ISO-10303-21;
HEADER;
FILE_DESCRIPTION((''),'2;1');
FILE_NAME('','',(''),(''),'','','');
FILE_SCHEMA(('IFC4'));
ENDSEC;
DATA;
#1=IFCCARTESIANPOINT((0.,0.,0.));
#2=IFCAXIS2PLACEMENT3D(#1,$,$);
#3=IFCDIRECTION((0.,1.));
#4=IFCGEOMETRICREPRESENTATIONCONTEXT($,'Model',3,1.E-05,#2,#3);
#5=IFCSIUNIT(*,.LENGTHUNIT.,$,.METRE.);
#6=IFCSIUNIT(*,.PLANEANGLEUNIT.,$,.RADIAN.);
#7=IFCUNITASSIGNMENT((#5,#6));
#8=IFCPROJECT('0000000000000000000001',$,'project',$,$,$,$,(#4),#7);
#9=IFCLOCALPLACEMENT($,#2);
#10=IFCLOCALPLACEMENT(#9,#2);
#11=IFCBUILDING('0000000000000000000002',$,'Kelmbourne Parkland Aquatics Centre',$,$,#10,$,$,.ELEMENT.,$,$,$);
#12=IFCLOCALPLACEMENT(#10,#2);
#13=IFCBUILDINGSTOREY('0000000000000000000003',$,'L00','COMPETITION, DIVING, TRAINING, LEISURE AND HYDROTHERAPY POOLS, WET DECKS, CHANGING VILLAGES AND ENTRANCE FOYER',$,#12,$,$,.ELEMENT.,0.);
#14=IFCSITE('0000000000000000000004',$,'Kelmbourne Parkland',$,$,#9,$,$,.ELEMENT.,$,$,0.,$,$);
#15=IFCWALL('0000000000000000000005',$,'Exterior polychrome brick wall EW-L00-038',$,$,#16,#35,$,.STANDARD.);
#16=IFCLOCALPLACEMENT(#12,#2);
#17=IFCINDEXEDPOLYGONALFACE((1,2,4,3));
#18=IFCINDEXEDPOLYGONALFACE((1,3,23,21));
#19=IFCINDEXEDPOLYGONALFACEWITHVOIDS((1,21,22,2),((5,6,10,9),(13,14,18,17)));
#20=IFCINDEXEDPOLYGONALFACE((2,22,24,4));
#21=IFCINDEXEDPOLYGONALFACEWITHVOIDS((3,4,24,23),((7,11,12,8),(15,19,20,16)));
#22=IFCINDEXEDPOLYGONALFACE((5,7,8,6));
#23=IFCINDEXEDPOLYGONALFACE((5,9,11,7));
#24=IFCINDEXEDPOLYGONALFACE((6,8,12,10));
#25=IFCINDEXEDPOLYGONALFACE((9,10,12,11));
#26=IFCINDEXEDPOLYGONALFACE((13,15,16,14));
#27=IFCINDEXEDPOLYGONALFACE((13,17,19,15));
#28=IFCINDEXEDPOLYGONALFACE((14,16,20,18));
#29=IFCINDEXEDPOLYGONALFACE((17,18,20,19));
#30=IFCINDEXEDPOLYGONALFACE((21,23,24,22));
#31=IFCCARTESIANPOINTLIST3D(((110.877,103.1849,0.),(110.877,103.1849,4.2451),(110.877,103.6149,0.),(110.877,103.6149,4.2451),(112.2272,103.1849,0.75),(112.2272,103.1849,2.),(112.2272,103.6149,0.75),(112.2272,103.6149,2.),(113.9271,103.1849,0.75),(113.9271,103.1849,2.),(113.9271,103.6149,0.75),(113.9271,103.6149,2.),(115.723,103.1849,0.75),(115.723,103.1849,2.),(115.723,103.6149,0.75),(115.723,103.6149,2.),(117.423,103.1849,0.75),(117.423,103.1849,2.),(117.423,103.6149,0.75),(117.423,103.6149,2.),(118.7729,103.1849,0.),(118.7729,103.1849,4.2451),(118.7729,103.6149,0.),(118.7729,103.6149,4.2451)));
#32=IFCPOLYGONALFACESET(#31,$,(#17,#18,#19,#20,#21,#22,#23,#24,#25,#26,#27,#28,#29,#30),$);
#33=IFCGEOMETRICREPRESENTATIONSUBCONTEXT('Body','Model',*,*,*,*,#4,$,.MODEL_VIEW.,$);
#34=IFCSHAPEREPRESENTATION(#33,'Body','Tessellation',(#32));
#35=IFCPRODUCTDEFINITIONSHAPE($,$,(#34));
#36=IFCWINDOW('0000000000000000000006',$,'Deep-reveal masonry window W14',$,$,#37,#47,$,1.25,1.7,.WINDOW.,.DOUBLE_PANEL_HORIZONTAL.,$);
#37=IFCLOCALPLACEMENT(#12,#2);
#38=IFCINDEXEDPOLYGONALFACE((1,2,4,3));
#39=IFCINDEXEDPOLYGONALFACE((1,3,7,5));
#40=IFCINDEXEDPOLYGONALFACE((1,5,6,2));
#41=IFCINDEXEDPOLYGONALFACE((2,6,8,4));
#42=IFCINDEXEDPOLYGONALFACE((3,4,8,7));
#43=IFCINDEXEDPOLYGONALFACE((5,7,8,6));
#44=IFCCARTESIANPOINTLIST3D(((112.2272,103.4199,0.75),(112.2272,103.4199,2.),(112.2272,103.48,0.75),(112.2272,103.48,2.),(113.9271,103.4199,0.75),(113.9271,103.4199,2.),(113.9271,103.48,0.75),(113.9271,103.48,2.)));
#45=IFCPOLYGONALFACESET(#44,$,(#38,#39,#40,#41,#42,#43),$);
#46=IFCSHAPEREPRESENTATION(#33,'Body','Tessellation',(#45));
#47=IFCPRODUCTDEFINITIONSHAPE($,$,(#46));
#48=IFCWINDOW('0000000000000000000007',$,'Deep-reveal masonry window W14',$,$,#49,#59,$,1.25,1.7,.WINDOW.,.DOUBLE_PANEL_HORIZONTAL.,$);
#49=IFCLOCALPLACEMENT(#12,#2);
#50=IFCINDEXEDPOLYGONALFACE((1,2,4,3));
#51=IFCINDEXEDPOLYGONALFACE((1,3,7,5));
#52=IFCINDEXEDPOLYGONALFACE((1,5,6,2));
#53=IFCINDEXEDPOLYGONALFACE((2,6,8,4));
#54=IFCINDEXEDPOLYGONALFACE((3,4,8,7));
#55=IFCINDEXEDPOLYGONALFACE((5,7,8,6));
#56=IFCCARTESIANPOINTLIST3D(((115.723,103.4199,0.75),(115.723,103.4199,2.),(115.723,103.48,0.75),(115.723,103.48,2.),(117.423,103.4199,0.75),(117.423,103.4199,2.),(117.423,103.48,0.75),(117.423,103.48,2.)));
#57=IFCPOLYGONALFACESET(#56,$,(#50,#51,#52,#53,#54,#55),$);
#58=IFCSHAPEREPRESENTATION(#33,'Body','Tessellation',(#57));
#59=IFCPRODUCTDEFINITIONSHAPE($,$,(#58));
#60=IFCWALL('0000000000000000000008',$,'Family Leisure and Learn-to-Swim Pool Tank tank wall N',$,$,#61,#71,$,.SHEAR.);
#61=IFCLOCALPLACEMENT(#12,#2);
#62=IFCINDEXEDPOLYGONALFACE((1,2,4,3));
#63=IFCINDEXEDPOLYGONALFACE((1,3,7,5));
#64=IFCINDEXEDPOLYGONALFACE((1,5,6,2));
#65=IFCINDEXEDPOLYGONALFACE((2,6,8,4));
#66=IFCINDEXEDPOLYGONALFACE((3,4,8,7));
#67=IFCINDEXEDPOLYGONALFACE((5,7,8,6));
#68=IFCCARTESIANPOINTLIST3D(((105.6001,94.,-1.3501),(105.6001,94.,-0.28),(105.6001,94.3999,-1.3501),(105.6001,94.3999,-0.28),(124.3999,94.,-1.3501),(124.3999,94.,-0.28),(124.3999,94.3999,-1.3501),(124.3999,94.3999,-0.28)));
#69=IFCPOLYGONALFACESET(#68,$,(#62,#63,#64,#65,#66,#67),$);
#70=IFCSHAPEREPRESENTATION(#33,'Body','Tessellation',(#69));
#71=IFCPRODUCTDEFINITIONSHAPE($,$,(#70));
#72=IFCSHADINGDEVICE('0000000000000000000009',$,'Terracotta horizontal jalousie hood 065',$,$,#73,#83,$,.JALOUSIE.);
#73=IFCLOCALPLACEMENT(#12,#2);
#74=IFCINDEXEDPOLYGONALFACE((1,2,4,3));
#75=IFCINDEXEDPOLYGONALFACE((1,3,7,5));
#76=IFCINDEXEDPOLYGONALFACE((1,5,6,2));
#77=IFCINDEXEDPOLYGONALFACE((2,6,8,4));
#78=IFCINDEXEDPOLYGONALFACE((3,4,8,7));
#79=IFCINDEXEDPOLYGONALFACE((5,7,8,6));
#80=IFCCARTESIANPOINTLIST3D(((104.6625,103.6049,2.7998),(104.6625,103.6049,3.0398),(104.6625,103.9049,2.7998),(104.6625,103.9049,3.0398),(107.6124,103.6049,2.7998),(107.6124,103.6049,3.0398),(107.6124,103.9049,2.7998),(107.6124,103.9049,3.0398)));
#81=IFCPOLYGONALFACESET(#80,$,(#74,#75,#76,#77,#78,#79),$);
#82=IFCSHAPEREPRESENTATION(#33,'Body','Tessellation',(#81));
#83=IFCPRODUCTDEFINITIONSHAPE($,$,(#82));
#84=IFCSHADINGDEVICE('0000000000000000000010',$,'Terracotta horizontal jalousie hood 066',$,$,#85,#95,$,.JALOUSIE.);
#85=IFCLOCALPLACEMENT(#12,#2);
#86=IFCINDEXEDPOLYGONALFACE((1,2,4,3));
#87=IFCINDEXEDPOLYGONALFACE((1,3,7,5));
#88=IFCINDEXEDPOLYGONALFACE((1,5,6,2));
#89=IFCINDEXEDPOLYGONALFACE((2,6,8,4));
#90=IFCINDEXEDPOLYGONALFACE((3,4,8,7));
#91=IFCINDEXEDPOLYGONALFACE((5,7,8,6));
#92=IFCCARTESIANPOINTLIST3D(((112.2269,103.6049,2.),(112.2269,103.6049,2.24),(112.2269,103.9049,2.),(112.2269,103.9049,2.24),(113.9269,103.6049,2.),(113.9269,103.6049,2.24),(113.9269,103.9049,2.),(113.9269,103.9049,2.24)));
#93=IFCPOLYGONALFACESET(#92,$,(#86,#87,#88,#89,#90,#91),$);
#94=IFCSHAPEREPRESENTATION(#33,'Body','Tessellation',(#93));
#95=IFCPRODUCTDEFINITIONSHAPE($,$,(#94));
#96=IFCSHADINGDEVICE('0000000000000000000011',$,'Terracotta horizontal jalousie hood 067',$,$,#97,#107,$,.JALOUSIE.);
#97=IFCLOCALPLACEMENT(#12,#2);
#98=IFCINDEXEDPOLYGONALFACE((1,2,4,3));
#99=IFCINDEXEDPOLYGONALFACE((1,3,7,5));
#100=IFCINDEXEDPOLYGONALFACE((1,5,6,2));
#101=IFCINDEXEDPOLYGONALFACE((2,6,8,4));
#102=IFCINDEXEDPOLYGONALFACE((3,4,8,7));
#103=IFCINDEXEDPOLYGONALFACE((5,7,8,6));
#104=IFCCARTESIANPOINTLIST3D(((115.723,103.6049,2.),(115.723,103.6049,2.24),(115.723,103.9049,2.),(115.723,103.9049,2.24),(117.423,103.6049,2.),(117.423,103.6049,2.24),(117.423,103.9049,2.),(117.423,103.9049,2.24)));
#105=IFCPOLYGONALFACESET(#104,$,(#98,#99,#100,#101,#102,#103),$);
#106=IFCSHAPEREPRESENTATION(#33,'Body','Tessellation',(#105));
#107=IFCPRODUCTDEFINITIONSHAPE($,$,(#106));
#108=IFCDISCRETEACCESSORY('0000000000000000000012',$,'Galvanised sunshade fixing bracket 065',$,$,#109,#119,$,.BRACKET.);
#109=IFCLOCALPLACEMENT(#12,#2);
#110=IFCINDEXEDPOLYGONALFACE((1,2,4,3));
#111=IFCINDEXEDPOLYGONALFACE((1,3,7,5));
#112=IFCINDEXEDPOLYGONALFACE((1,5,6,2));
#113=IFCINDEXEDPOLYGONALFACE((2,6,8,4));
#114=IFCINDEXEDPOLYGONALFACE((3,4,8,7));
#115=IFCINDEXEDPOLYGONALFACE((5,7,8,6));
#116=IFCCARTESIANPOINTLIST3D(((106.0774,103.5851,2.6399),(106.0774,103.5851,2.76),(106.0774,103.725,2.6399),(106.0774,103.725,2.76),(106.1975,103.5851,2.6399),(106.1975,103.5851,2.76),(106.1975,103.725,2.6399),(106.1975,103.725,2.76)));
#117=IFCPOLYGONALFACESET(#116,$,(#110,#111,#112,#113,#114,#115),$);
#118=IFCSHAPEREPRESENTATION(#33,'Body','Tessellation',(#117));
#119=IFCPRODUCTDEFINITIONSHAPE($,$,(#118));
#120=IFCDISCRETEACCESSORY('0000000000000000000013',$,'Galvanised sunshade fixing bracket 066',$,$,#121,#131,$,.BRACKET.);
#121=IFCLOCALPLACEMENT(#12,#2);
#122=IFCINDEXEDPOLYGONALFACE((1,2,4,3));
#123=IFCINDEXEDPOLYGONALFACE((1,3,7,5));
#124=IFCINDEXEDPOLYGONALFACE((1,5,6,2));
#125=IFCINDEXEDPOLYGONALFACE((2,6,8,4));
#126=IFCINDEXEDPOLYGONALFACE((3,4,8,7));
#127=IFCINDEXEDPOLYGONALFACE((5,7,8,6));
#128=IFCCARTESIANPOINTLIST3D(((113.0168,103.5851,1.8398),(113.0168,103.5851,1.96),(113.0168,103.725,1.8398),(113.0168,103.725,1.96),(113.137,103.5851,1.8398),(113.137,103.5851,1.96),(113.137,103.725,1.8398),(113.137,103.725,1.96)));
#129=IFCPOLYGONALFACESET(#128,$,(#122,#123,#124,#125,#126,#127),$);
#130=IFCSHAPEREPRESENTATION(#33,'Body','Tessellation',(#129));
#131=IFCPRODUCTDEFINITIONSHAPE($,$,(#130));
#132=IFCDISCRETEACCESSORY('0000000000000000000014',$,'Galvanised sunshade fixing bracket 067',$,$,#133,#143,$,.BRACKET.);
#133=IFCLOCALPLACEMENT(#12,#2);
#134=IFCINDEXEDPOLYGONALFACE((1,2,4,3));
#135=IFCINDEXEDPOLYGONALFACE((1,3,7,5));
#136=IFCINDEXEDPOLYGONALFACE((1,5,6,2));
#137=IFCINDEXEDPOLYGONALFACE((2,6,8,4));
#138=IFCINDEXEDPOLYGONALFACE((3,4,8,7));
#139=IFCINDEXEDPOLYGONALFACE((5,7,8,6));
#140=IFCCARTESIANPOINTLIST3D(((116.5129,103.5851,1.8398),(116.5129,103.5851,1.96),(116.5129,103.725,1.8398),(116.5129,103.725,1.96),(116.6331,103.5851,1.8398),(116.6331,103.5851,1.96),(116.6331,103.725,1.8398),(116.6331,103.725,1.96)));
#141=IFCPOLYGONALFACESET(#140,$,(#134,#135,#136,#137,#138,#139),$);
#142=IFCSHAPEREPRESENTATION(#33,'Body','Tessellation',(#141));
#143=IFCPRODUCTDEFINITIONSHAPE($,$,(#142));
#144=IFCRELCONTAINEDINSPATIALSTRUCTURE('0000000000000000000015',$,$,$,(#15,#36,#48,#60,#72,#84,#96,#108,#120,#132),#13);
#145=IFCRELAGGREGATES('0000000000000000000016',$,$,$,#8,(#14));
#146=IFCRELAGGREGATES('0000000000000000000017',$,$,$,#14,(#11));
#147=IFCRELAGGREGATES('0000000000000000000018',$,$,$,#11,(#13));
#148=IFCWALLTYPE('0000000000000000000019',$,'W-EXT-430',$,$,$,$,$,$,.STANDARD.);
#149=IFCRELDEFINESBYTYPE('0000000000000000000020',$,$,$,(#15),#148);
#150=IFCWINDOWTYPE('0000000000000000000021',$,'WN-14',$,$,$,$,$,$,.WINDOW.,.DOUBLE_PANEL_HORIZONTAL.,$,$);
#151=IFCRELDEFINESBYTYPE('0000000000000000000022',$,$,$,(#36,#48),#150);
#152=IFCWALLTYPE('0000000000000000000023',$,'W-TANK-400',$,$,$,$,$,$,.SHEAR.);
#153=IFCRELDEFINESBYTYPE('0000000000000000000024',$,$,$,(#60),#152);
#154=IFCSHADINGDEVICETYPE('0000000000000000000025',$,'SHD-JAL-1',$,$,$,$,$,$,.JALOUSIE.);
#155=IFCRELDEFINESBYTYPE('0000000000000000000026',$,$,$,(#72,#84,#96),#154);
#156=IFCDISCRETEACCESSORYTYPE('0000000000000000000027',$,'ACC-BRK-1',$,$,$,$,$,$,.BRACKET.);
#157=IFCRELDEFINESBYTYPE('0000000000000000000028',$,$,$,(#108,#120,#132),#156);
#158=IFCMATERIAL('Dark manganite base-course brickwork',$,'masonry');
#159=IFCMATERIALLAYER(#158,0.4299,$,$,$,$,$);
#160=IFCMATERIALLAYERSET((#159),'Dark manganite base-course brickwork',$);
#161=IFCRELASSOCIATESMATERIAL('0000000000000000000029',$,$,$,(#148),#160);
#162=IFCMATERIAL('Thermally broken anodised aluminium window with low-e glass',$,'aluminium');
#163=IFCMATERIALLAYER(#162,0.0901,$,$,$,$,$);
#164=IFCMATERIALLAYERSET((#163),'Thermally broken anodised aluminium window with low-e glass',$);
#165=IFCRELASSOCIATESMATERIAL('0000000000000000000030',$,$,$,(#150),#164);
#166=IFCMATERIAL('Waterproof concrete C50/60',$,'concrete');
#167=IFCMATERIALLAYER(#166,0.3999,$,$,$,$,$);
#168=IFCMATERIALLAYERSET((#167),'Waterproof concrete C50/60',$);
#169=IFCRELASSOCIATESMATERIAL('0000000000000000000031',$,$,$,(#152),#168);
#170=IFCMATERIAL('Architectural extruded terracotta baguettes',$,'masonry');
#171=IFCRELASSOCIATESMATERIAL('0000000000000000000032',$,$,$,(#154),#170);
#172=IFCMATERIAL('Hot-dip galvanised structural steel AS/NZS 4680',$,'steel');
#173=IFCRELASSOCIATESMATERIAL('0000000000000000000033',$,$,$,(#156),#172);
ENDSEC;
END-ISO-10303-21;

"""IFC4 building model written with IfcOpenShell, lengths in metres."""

from ifc_helpers import new_model, si_unit, direction, frame, frame_2d, origin, origin_2d, place, context, subcontext, project, spatial, rectangle, extrude, material, layer, layer_set, type_object, element, fill, save


model = new_model("IFC4")

# Units and contexts
model_context = context("Model", 3, precision=1e-05, world=origin(), true_north=direction((0.0, 1.0)))
body_context = subcontext(model_context, "Body", "Model", "MODEL_VIEW")
ifc_project = project(units=[si_unit("LENGTHUNIT", "METRE"), si_unit("PLANEANGLEUNIT", "RADIAN")], contexts=[model_context])

# Site, building, storey
site_placement = place(None, origin())
site = spatial("IfcSite", under=ifc_project, at=site_placement, Name="Kelmbourne Parkland", CompositionType="ELEMENT", RefElevation=0.0)
building_placement = place(site_placement, origin())
building = spatial("IfcBuilding", under=site, at=building_placement, Name="Kelmbourne Parkland Aquatics Centre", CompositionType="ELEMENT")
storey_placement = place(building_placement, origin())
storey = spatial("IfcBuildingStorey", under=building, at=storey_placement, Name="L00", Description="COMPETITION, DIVING, TRAINING, LEISURE AND HYDROTHERAPY POOLS, WET DECKS, CHANGING VILLAGES AND ENTRANCE FOYER", CompositionType="ELEMENT", Elevation=0.0)

# Shared definitions
ifc_material_1 = material(Name="Dark manganite base-course brickwork", Category="masonry")
ifc_layer_1 = layer(ifc_material_1, 0.4299)
ifc_layer_set_1 = layer_set([ifc_layer_1], Name="Dark manganite base-course brickwork")
wall_type_1 = type_object("IfcWallType", Name="W-EXT-430", PredefinedType="STANDARD", material=ifc_layer_set_1)
ifc_material_2 = material(Name="Thermally broken anodised aluminium window with low-e glass", Category="aluminium")

# Wall, openings, windows
wall_1_placement = place(storey_placement, frame((110.877, 103.3999, 0.0), z_axis=(0.0, 0.0, 1.0), x_axis=(1.0, 0.0, 0.0)))
wall_1 = element("IfcWall", 1, at=wall_1_placement, inside=storey, type_object=wall_type_1, Name="Exterior polychrome brick wall EW-L00-038", PredefinedType="STANDARD", context=body_context, shape_type="SweptSolid", body=[
    extrude(rectangle(XDim=7.896, YDim=0.4299, at=frame_2d((3.948, 0.0))), origin(), (0.0, 0.0, 1.0), 4.2451),
])
opening_1_placement = place(wall_1_placement, frame((1.3501, 0.0, 0.75)))
opening_1 = element("IfcOpeningElement", 2, at=opening_1_placement, cuts=wall_1, PredefinedType="OPENING", context=body_context, shape_type="SweptSolid", body=[
    extrude(rectangle(XDim=1.7, YDim=1.25, at=frame_2d((0.8501, 0.625))), frame((0.0, 0.2271, 0.0), z_axis=(0.0, -1.0, 0.0), x_axis=(1.0, 0.0, 0.0)), (0.0, 0.0, 1.0), 0.4539),
])
opening_2_placement = place(wall_1_placement, frame((4.8459, 0.0, 0.75)))
opening_2 = element("IfcOpeningElement", 3, at=opening_2_placement, cuts=wall_1, PredefinedType="OPENING", context=body_context, shape_type="SweptSolid", body=[
    extrude(rectangle(XDim=1.7, YDim=1.25, at=frame_2d((0.8501, 0.625))), frame((0.0, 0.2271, 0.0), z_axis=(0.0, -1.0, 0.0), x_axis=(1.0, 0.0, 0.0)), (0.0, 0.0, 1.0), 0.4539),
])
ifc_layer_2 = layer(ifc_material_2, 0.0901)
ifc_layer_set_2 = layer_set([ifc_layer_2], Name="Thermally broken anodised aluminium window with low-e glass")
window_type_1 = type_object("IfcWindowType", Name="WN-14", PartitioningType="DOUBLE_PANEL_HORIZONTAL", PredefinedType="WINDOW", material=ifc_layer_set_2)
window_1_placement = place(opening_1_placement, origin())
window_1 = element("IfcWindow", 4, at=window_1_placement, inside=storey, type_object=window_type_1, Name="Deep-reveal masonry window W14", OverallHeight=1.25, OverallWidth=1.7, PartitioningType="DOUBLE_PANEL_HORIZONTAL", PredefinedType="WINDOW", context=body_context, shape_type="SweptSolid", body=[
    extrude(rectangle(XDim=1.7, YDim=1.25, at=frame_2d((0.8501, 0.625))), frame((0.0, 0.0801, 0.0), z_axis=(0.0, -1.0, 0.0), x_axis=(1.0, 0.0, 0.0)), (0.0, 0.0, 1.0), 0.0601),
])
fill(opening_1, window_1)
window_2_placement = place(opening_2_placement, origin())
window_2 = element("IfcWindow", 5, at=window_2_placement, inside=storey, type_object=window_type_1, Name="Deep-reveal masonry window W14", OverallHeight=1.25, OverallWidth=1.7, PartitioningType="DOUBLE_PANEL_HORIZONTAL", PredefinedType="WINDOW", context=body_context, shape_type="SweptSolid", body=[
    extrude(rectangle(XDim=1.7, YDim=1.25, at=frame_2d((0.8501, 0.625))), frame((0.0, 0.0801, 0.0), z_axis=(0.0, -1.0, 0.0), x_axis=(1.0, 0.0, 0.0)), (0.0, 0.0, 1.0), 0.0601),
])
fill(opening_2, window_2)

# Wall
ifc_material_3 = material(Name="Waterproof concrete C50/60", Category="concrete")
ifc_layer_3 = layer(ifc_material_3, 0.3999)
ifc_layer_set_3 = layer_set([ifc_layer_3], Name="Waterproof concrete C50/60")
wall_type_2 = type_object("IfcWallType", Name="W-TANK-400", PredefinedType="SHEAR", material=ifc_layer_set_3)
wall_2_placement = place(storey_placement, frame((105.6001, 94.2, -1.3501), z_axis=(0.0, 0.0, 1.0), x_axis=(1.0, 0.0, 0.0)))
element("IfcWall", 6, at=wall_2_placement, inside=storey, type_object=wall_type_2, Name="Family Leisure and Learn-to-Swim Pool Tank tank wall N", PredefinedType="SHEAR", context=body_context, shape_type="SweptSolid", body=[
    extrude(rectangle(XDim=18.7998, YDim=0.3999, at=frame_2d((9.3999, 0.0))), origin(), (0.0, 0.0, 1.0), 1.0701),
])

# Shading devices
ifc_material_4 = material(Name="Architectural extruded terracotta baguettes", Category="masonry")
shading_device_type = type_object("IfcShadingDeviceType", Name="SHD-JAL-1", PredefinedType="JALOUSIE", material=ifc_material_4)
shading_device_placement = place(storey_placement, frame((106.1375, 103.7549, 2.7998), z_axis=(0.0, 0.0, 1.0), x_axis=(1.0, 0.0, 0.0)))
element("IfcShadingDevice", 7, at=shading_device_placement, inside=storey, type_object=shading_device_type, Name="Terracotta horizontal jalousie hood 065", PredefinedType="JALOUSIE", context=body_context, shape_type="SweptSolid", body=[
    extrude(rectangle(XDim=2.95, YDim=0.3, at=origin_2d()), origin(), (0.0, 0.0, 1.0), 0.24),
])
for number, where, z_axis, x_axis, name in (
    (8, (113.0769, 103.7549, 2.0), (0.0, 0.0, 1.0), (1.0, 0.0, 0.0), "Terracotta horizontal jalousie hood 066"),
    (9, (116.573, 103.7549, 2.0), (0.0, 0.0, 1.0), (1.0, 0.0, 0.0), "Terracotta horizontal jalousie hood 067"),
):
    element("IfcShadingDevice", number, at=place(storey_placement, frame(where, z_axis=z_axis, x_axis=x_axis)), inside=storey, type_object=shading_device_type, Name=name, PredefinedType="JALOUSIE", context=body_context, shape_type="SweptSolid", body=[
        extrude(rectangle(XDim=1.7, YDim=0.3, at=origin_2d()), origin(), (0.0, 0.0, 1.0), 0.24),
    ])

# Discrete accessories
ifc_material_5 = material(Name="Hot-dip galvanised structural steel AS/NZS 4680", Category="steel")
discrete_accessory_type = type_object("IfcDiscreteAccessoryType", Name="ACC-BRK-1", PredefinedType="BRACKET", material=ifc_material_5)
for number, where, z_axis, x_axis, name in (
    (10, (106.1375, 103.655, 2.6399), (0.0, 0.0, 1.0), (1.0, 0.0, 0.0), "Galvanised sunshade fixing bracket 065"),
    (11, (113.0769, 103.655, 1.8398), (0.0, 0.0, 1.0), (1.0, 0.0, 0.0), "Galvanised sunshade fixing bracket 066"),
    (12, (116.573, 103.655, 1.8398), (0.0, 0.0, 1.0), (1.0, 0.0, 0.0), "Galvanised sunshade fixing bracket 067"),
):
    element("IfcDiscreteAccessory", number, at=place(storey_placement, frame(where, z_axis=z_axis, x_axis=x_axis)), inside=storey, type_object=discrete_accessory_type, Name=name, PredefinedType="BRACKET", context=body_context, shape_type="SweptSolid", body=[
        extrude(rectangle(XDim=0.1201, YDim=0.1399, at=origin_2d()), origin(), (0.0, 0.0, 1.0), 0.1201),
    ])

save(model, "model.ifc")
